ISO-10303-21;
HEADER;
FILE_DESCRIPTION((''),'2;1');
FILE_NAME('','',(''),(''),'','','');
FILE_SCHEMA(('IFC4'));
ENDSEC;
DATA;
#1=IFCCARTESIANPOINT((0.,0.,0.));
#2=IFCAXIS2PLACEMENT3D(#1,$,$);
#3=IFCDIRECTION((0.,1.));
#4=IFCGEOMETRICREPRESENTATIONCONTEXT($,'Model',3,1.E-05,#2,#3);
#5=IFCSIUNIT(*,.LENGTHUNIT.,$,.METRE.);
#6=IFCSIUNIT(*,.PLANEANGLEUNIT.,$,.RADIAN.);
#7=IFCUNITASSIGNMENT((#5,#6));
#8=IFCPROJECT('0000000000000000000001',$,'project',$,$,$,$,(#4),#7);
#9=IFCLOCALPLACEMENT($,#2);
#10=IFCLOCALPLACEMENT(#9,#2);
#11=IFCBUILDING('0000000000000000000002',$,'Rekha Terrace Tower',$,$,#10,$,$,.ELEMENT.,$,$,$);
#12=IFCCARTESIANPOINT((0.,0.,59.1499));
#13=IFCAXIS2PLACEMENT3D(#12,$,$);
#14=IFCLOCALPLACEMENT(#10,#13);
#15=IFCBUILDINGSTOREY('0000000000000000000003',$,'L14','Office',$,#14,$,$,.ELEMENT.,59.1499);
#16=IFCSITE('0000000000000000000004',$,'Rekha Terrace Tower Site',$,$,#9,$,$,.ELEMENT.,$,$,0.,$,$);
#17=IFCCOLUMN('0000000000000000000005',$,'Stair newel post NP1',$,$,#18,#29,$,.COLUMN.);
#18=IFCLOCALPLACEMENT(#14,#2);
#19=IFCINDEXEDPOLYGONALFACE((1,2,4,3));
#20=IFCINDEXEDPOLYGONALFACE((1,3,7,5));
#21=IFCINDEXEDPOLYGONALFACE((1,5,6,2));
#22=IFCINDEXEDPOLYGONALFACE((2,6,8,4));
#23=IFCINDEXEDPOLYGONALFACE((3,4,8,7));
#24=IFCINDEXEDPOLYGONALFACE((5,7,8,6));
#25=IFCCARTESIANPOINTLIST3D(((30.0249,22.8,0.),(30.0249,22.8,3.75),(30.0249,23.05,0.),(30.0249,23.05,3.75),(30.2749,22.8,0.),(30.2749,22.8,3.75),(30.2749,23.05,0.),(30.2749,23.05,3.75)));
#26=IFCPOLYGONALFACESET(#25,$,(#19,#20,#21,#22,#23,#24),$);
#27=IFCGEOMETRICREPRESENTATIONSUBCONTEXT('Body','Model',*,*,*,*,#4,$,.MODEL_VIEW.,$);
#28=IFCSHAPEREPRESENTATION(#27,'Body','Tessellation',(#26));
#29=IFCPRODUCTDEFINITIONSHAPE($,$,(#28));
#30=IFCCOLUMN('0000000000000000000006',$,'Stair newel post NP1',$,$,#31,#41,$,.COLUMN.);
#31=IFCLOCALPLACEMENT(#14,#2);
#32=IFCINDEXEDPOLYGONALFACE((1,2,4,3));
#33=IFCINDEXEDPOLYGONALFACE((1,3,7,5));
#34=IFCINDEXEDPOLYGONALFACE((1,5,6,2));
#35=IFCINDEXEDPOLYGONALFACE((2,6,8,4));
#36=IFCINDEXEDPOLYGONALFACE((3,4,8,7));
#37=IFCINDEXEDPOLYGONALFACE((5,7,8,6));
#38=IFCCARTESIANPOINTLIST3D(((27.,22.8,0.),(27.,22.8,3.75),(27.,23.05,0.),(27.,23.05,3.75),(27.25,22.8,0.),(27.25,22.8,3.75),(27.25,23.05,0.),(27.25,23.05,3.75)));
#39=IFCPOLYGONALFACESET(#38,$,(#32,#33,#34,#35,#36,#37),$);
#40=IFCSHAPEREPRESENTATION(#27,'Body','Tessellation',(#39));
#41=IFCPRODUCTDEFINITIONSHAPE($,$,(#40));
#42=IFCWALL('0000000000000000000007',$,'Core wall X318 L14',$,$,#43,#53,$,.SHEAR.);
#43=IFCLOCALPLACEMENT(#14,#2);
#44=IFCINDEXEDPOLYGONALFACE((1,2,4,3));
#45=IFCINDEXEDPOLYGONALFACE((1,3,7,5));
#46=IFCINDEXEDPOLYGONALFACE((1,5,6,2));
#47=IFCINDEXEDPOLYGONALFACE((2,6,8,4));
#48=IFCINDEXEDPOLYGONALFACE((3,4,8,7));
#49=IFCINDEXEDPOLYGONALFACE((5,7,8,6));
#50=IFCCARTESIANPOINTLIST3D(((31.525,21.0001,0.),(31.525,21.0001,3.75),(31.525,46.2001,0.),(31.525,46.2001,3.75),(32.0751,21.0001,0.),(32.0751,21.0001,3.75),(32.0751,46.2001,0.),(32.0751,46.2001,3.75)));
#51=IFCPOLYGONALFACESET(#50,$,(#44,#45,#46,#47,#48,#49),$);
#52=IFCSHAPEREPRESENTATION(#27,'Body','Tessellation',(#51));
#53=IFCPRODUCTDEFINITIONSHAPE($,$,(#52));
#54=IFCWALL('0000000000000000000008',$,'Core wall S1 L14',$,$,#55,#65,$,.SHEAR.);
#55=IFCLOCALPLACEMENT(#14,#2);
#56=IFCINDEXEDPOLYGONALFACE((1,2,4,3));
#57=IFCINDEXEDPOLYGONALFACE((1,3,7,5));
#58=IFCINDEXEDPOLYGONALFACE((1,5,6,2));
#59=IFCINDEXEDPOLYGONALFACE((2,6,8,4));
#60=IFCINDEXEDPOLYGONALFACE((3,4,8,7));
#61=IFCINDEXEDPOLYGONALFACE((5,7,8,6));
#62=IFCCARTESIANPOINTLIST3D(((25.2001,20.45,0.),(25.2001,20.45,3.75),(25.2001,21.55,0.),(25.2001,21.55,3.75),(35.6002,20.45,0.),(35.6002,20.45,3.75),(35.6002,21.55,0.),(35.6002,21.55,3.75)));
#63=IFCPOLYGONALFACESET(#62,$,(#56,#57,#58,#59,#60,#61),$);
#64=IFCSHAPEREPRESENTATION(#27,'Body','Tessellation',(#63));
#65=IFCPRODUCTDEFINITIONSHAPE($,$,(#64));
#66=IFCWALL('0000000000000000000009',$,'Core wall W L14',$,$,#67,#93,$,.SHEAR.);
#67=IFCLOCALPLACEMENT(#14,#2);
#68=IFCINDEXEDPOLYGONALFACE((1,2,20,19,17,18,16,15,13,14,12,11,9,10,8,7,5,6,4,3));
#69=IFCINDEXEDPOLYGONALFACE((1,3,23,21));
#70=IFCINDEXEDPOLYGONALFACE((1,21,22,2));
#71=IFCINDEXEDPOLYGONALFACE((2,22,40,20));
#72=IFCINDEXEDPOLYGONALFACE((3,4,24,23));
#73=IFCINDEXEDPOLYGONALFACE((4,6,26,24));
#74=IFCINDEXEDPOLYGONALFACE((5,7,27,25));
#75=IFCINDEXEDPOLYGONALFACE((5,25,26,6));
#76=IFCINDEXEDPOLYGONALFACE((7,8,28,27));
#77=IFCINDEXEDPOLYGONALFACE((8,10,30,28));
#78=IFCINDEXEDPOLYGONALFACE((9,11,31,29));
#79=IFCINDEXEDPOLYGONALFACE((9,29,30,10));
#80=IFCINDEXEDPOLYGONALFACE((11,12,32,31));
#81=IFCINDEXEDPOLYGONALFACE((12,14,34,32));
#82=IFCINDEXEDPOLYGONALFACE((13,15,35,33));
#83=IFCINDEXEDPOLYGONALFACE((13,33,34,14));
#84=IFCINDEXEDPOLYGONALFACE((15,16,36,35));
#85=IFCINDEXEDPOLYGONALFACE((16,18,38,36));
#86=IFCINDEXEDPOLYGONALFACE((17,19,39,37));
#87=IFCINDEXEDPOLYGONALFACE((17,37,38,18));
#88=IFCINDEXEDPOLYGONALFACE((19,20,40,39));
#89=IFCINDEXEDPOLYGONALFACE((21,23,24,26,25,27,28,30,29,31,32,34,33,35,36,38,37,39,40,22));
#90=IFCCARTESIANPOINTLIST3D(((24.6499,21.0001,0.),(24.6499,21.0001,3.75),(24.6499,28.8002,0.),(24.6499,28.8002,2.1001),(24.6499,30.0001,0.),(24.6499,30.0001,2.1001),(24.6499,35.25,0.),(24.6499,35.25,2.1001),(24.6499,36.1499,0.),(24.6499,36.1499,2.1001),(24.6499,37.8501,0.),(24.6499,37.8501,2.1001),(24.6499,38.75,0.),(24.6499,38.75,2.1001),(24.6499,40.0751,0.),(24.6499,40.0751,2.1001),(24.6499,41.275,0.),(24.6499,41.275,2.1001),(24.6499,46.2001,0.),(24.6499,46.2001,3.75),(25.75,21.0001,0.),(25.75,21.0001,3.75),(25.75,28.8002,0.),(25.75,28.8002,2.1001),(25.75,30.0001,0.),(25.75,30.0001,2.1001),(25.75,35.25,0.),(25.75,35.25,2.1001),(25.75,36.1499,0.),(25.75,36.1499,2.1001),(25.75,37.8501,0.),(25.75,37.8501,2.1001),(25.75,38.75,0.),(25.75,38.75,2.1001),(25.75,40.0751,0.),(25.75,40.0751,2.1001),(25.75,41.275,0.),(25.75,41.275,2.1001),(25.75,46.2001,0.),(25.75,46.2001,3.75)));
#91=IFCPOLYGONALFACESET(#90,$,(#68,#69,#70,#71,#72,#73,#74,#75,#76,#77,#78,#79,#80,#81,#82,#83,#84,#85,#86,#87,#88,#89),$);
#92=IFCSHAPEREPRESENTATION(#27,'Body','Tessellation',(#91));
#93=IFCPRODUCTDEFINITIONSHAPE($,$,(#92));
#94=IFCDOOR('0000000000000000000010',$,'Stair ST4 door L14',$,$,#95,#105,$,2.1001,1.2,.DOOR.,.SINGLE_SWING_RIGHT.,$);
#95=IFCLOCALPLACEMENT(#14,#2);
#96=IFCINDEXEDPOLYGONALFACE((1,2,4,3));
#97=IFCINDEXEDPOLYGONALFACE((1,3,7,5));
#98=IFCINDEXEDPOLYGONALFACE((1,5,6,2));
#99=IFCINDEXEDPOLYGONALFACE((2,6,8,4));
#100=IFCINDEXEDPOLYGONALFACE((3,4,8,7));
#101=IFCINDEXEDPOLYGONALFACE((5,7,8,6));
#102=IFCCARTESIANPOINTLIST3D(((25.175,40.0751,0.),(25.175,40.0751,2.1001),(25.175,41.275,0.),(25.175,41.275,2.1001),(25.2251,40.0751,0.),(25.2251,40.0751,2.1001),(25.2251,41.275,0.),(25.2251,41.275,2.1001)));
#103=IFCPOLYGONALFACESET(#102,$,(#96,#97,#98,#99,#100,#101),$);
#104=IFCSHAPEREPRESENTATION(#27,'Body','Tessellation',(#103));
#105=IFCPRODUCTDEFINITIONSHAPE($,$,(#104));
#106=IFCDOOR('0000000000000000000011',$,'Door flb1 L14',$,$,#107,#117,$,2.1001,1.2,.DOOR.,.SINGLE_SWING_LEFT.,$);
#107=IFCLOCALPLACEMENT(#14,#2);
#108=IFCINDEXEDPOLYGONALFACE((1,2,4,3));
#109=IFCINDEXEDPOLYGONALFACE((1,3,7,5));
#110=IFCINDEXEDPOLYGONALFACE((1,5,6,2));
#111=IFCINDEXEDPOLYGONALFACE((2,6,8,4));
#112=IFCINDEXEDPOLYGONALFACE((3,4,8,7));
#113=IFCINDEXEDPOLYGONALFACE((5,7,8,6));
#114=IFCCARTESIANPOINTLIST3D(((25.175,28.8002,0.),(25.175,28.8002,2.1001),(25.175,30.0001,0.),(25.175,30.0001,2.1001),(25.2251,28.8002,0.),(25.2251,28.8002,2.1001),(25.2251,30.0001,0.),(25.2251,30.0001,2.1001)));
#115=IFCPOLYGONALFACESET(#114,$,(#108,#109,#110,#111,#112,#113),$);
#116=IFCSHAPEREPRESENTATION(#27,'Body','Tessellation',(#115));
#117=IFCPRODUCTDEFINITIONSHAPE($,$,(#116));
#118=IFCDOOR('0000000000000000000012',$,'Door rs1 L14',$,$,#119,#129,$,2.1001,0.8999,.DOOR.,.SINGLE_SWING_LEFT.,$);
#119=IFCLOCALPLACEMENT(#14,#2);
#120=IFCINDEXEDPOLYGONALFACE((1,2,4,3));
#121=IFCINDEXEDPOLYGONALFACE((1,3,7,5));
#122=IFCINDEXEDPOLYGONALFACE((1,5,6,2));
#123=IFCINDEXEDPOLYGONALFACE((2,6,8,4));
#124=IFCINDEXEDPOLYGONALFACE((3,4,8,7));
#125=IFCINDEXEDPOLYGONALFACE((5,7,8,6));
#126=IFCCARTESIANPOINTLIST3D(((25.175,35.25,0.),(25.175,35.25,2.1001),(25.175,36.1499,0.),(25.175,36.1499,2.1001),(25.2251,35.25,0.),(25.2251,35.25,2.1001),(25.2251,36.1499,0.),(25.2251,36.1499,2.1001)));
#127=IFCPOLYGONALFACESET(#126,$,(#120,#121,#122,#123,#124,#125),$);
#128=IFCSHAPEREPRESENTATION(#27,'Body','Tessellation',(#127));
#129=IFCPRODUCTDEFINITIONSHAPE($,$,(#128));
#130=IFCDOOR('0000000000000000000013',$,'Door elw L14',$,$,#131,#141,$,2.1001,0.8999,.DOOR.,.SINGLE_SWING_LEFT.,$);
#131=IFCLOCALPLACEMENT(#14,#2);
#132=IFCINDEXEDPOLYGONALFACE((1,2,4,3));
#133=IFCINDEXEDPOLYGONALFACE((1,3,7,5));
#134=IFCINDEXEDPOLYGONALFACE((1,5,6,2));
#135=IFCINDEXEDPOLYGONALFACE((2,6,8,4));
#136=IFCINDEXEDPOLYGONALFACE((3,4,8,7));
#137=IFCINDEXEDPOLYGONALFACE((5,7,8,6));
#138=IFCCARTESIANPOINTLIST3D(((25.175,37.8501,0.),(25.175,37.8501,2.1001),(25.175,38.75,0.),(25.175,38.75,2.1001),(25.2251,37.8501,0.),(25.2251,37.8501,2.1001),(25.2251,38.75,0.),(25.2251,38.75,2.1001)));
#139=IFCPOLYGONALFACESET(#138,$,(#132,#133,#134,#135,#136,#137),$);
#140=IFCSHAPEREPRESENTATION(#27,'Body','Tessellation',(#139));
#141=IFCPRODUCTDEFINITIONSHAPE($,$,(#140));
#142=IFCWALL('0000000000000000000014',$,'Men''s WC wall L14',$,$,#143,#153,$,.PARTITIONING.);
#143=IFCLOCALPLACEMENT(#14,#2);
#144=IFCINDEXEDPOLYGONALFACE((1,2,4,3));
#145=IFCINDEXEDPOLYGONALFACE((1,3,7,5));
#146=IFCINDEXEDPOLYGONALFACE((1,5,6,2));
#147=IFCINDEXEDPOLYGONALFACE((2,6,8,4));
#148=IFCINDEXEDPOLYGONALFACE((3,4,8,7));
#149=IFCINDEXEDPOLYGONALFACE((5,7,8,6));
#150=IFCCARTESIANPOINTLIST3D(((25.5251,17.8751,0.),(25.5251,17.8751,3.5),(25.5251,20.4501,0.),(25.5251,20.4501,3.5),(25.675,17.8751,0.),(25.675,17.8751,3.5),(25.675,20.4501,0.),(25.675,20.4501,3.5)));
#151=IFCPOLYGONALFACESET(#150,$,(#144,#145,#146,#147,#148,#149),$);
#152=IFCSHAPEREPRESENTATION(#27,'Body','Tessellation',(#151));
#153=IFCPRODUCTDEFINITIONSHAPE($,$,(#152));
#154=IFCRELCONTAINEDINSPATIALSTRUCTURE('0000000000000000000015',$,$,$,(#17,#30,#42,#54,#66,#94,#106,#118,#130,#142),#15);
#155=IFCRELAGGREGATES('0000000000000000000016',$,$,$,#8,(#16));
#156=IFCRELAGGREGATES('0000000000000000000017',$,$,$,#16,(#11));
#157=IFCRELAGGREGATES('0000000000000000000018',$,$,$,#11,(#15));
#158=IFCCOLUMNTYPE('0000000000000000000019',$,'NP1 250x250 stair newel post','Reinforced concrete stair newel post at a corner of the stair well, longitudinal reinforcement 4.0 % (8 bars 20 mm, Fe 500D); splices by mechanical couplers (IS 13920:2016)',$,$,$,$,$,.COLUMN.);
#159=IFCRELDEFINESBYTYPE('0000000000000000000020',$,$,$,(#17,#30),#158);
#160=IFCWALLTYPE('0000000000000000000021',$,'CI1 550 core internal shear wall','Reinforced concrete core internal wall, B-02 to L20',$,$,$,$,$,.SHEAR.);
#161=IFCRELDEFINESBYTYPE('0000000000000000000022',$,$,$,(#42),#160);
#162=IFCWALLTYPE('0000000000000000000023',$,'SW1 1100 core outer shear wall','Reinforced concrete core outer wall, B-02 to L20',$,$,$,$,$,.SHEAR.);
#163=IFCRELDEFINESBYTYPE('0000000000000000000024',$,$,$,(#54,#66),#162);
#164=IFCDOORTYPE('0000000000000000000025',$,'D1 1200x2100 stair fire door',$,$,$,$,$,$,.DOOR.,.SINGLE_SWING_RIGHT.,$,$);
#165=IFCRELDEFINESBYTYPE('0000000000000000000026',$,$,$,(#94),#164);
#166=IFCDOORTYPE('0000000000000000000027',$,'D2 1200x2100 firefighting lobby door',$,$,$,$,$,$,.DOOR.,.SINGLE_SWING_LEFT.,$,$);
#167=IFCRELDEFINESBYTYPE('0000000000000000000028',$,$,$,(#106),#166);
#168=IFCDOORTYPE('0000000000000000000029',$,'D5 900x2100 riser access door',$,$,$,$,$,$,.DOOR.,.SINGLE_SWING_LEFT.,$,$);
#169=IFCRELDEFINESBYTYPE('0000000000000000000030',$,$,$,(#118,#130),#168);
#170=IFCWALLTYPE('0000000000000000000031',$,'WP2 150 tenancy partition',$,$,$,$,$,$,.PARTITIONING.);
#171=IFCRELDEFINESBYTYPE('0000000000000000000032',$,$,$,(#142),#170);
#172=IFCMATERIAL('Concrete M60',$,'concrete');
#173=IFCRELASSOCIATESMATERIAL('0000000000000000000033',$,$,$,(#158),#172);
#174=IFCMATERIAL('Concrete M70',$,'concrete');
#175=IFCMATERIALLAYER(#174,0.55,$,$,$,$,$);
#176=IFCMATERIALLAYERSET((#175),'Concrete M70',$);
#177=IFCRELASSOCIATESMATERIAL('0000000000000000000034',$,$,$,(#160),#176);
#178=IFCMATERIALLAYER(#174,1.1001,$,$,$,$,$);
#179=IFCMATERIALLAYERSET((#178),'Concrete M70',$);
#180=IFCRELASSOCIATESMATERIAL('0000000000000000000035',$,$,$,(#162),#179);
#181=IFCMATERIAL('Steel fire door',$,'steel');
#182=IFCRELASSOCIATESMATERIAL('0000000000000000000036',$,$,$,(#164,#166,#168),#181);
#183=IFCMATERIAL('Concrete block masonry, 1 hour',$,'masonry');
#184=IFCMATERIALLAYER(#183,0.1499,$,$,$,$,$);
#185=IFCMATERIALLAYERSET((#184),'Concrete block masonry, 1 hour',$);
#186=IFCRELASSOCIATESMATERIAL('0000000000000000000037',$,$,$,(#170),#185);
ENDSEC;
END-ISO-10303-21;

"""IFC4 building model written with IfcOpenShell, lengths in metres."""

from ifc_helpers import new_model, si_unit, direction, frame, frame_2d, origin, origin_2d, place, context, subcontext, project, spatial, rectangle, extrude, material, layer, layer_set, material_profile, profile_set, type_object, element, fill, save


model = new_model("IFC4")

# Units and contexts
model_context = context("Model", 3, precision=1e-05, world=origin(), true_north=direction((0.0, 1.0)))
body_context = subcontext(model_context, "Body", "Model", "MODEL_VIEW")
ifc_project = project(units=[si_unit("LENGTHUNIT", "METRE"), si_unit("PLANEANGLEUNIT", "RADIAN")], contexts=[model_context])

# Site, building, storey
site_placement = place(None, origin())
site = spatial("IfcSite", under=ifc_project, at=site_placement, Name="Rekha Terrace Tower Site", CompositionType="ELEMENT", RefElevation=0.0)
building_placement = place(site_placement, origin())
building = spatial("IfcBuilding", under=site, at=building_placement, Name="Rekha Terrace Tower", CompositionType="ELEMENT")
storey_placement = place(building_placement, frame((0.0, 0.0, 59.1499)))
storey = spatial("IfcBuildingStorey", under=building, at=storey_placement, Name="L14", Description="Office", CompositionType="ELEMENT", Elevation=59.1499)

# Columns
ifc_material_1 = material(Name="Concrete M60", Category="concrete")
ifc_material_profile = material_profile(ifc_material_1, rectangle(XDim=0.25, YDim=0.25, at=origin_2d()), Name="RC 250x250")
ifc_profile_set = profile_set([ifc_material_profile], Name="Concrete M60")
column_type = type_object("IfcColumnType", Name="NP1 250x250 stair newel post", Description="Reinforced concrete stair newel post at a corner of the stair well, longitudinal reinforcement 4.0 % (8 bars 20 mm, Fe 500D); splices by mechanical couplers (IS 13920:2016)", PredefinedType="COLUMN", material=ifc_profile_set)
for number, where, z_axis, x_axis, name in (
    (1, (30.1499, 22.925, 0.0), (0.0, 0.0, 1.0), (1.0, 0.0, 0.0), "Stair newel post NP1"),
    (2, (27.125, 22.925, 0.0), (0.0, 0.0, 1.0), (1.0, 0.0, 0.0), "Stair newel post NP1"),
):
    element("IfcColumn", number, at=place(storey_placement, frame(where, z_axis=z_axis, x_axis=x_axis)), inside=storey, type_object=column_type, Name=name, PredefinedType="COLUMN", context=body_context, shape_type="SweptSolid", body=[
        extrude(rectangle(XDim=0.25, YDim=0.25, at=origin_2d()), origin(), (0.0, 0.0, 1.0), 3.75),
    ])

# Walls
ifc_material_2 = material(Name="Concrete M70", Category="concrete")
ifc_layer_1 = layer(ifc_material_2, 0.55)
ifc_layer_set_1 = layer_set([ifc_layer_1], Name="Concrete M70")
wall_type_1 = type_object("IfcWallType", Name="CI1 550 core internal shear wall", Description="Reinforced concrete core internal wall, B-02 to L20", PredefinedType="SHEAR", material=ifc_layer_set_1)
wall_1_placement = place(storey_placement, frame((31.8, 21.0, 0.0), z_axis=(0.0, 0.0, 1.0), x_axis=(0.0, 1.0, 0.0)))
element("IfcWall", 3, at=wall_1_placement, inside=storey, type_object=wall_type_1, Name="Core wall X318 L14", PredefinedType="SHEAR", context=body_context, shape_type="SweptSolid", body=[
    extrude(rectangle(XDim=25.2, YDim=0.55, at=frame_2d((12.6001, 0.0))), origin(), (0.0, 0.0, 1.0), 3.75),
])
ifc_layer_2 = layer(ifc_material_2, 1.1001)
ifc_layer_set_2 = layer_set([ifc_layer_2], Name="Concrete M70")
wall_type_2 = type_object("IfcWallType", Name="SW1 1100 core outer shear wall", Description="Reinforced concrete core outer wall, B-02 to L20", PredefinedType="SHEAR", material=ifc_layer_set_2)
wall_2_placement = place(storey_placement, frame((25.2, 21.0, 0.0), z_axis=(0.0, 0.0, 1.0), x_axis=(1.0, 0.0, 0.0)))
element("IfcWall", 4, at=wall_2_placement, inside=storey, type_object=wall_type_2, Name="Core wall S1 L14", PredefinedType="SHEAR", context=body_context, shape_type="SweptSolid", body=[
    extrude(rectangle(XDim=10.4001, YDim=1.1001, at=frame_2d((5.2002, 0.0))), origin(), (0.0, 0.0, 1.0), 3.75),
])

# Wall, openings, doors
wall_3_placement = place(storey_placement, frame((25.2, 21.0, 0.0), z_axis=(0.0, 0.0, 1.0), x_axis=(0.0, 1.0, 0.0)))
wall_3 = element("IfcWall", 5, at=wall_3_placement, inside=storey, type_object=wall_type_2, Name="Core wall W L14", PredefinedType="SHEAR", context=body_context, shape_type="SweptSolid", body=[
    extrude(rectangle(XDim=25.2, YDim=1.1001, at=frame_2d((12.6001, 0.0))), origin(), (0.0, 0.0, 1.0), 3.75),
])
opening_1_placement = place(wall_3_placement, frame((7.8, 0.0, 0.0)))
opening_1 = element("IfcOpeningElement", 6, at=opening_1_placement, cuts=wall_3, PredefinedType="OPENING", context=body_context, shape_type="SweptSolid", body=[
    extrude(rectangle(XDim=1.2, YDim=2.1001, at=frame_2d((0.6001, 1.05))), frame((0.0, 0.5601, 0.0), z_axis=(0.0, -1.0, 0.0), x_axis=(1.0, 0.0, 0.0)), (0.0, 0.0, 1.0), 1.1201),
])
opening_2_placement = place(wall_3_placement, frame((14.25, 0.0, 0.0)))
opening_2 = element("IfcOpeningElement", 7, at=opening_2_placement, cuts=wall_3, PredefinedType="OPENING", context=body_context, shape_type="SweptSolid", body=[
    extrude(rectangle(XDim=0.8999, YDim=2.1001, at=frame_2d((0.45, 1.05))), frame((0.0, 0.5601, 0.0), z_axis=(0.0, -1.0, 0.0), x_axis=(1.0, 0.0, 0.0)), (0.0, 0.0, 1.0), 1.1201),
])
opening_3_placement = place(wall_3_placement, frame((16.8501, 0.0, 0.0)))
opening_3 = element("IfcOpeningElement", 8, at=opening_3_placement, cuts=wall_3, PredefinedType="OPENING", context=body_context, shape_type="SweptSolid", body=[
    extrude(rectangle(XDim=0.8999, YDim=2.1001, at=frame_2d((0.45, 1.05))), frame((0.0, 0.5601, 0.0), z_axis=(0.0, -1.0, 0.0), x_axis=(1.0, 0.0, 0.0)), (0.0, 0.0, 1.0), 1.1201),
])
opening_4_placement = place(wall_3_placement, frame((19.075, 0.0, 0.0)))
opening_4 = element("IfcOpeningElement", 9, at=opening_4_placement, cuts=wall_3, PredefinedType="OPENING", context=body_context, shape_type="SweptSolid", body=[
    extrude(rectangle(XDim=1.2, YDim=2.1001, at=frame_2d((0.6001, 1.05))), frame((0.0, 0.5601, 0.0), z_axis=(0.0, -1.0, 0.0), x_axis=(1.0, 0.0, 0.0)), (0.0, 0.0, 1.0), 1.1201),
])
ifc_material_3 = material(Name="Steel fire door", Category="steel")
door_type_1 = type_object("IfcDoorType", Name="D1 1200x2100 stair fire door", OperationType="SINGLE_SWING_RIGHT", PredefinedType="DOOR", material=ifc_material_3)
door_1_placement = place(opening_4_placement, origin())
door_1 = element("IfcDoor", 10, at=door_1_placement, inside=storey, type_object=door_type_1, Name="Stair ST4 door L14", OperationType="SINGLE_SWING_RIGHT", OverallHeight=2.1001, OverallWidth=1.2, PredefinedType="DOOR", context=body_context, shape_type="SweptSolid", body=[
    extrude(rectangle(XDim=1.2, YDim=2.1001, at=frame_2d((0.6001, 1.05))), frame((0.0, 0.0249, 0.0), z_axis=(0.0, -1.0, 0.0), x_axis=(1.0, 0.0, 0.0)), (0.0, 0.0, 1.0), 0.05),
])
fill(opening_4, door_1)
door_type_2 = type_object("IfcDoorType", Name="D2 1200x2100 firefighting lobby door", OperationType="SINGLE_SWING_LEFT", PredefinedType="DOOR", material=ifc_material_3)
door_2_placement = place(opening_1_placement, origin())
door_2 = element("IfcDoor", 11, at=door_2_placement, inside=storey, type_object=door_type_2, Name="Door flb1 L14", OperationType="SINGLE_SWING_LEFT", OverallHeight=2.1001, OverallWidth=1.2, PredefinedType="DOOR", context=body_context, shape_type="SweptSolid", body=[
    extrude(rectangle(XDim=1.2, YDim=2.1001, at=frame_2d((0.6001, 1.05))), frame((0.0, 0.0249, 0.0), z_axis=(0.0, -1.0, 0.0), x_axis=(1.0, 0.0, 0.0)), (0.0, 0.0, 1.0), 0.05),
])
fill(opening_1, door_2)
door_type_3 = type_object("IfcDoorType", Name="D5 900x2100 riser access door", OperationType="SINGLE_SWING_LEFT", PredefinedType="DOOR", material=ifc_material_3)
door_3_placement = place(opening_2_placement, origin())
door_3 = element("IfcDoor", 12, at=door_3_placement, inside=storey, type_object=door_type_3, Name="Door rs1 L14", OperationType="SINGLE_SWING_LEFT", OverallHeight=2.1001, OverallWidth=0.8999, PredefinedType="DOOR", context=body_context, shape_type="SweptSolid", body=[
    extrude(rectangle(XDim=0.8999, YDim=2.1001, at=frame_2d((0.45, 1.05))), frame((0.0, 0.0249, 0.0), z_axis=(0.0, -1.0, 0.0), x_axis=(1.0, 0.0, 0.0)), (0.0, 0.0, 1.0), 0.05),
])
fill(opening_2, door_3)
door_4_placement = place(opening_3_placement, origin())
door_4 = element("IfcDoor", 13, at=door_4_placement, inside=storey, type_object=door_type_3, Name="Door elw L14", OperationType="SINGLE_SWING_LEFT", OverallHeight=2.1001, OverallWidth=0.8999, PredefinedType="DOOR", context=body_context, shape_type="SweptSolid", body=[
    extrude(rectangle(XDim=0.8999, YDim=2.1001, at=frame_2d((0.45, 1.05))), frame((0.0, 0.0249, 0.0), z_axis=(0.0, -1.0, 0.0), x_axis=(1.0, 0.0, 0.0)), (0.0, 0.0, 1.0), 0.05),
])
fill(opening_3, door_4)

# Wall
ifc_material_4 = material(Name="Concrete block masonry, 1 hour", Category="masonry")
ifc_layer_3 = layer(ifc_material_4, 0.1499)
ifc_layer_set_3 = layer_set([ifc_layer_3], Name="Concrete block masonry, 1 hour")
wall_type_3 = type_object("IfcWallType", Name="WP2 150 tenancy partition", PredefinedType="PARTITIONING", material=ifc_layer_set_3)
wall_4_placement = place(storey_placement, frame((25.6001, 17.875, 0.0), z_axis=(0.0, 0.0, 1.0), x_axis=(0.0, 1.0, 0.0)))
element("IfcWall", 14, at=wall_4_placement, inside=storey, type_object=wall_type_3, Name="Men's WC wall L14", PredefinedType="PARTITIONING", context=body_context, shape_type="SweptSolid", body=[
    extrude(rectangle(XDim=2.575, YDim=0.1499, at=frame_2d((1.2876, 0.0))), origin(), (0.0, 0.0, 1.0), 3.5),
])

save(model, "model.ifc")
